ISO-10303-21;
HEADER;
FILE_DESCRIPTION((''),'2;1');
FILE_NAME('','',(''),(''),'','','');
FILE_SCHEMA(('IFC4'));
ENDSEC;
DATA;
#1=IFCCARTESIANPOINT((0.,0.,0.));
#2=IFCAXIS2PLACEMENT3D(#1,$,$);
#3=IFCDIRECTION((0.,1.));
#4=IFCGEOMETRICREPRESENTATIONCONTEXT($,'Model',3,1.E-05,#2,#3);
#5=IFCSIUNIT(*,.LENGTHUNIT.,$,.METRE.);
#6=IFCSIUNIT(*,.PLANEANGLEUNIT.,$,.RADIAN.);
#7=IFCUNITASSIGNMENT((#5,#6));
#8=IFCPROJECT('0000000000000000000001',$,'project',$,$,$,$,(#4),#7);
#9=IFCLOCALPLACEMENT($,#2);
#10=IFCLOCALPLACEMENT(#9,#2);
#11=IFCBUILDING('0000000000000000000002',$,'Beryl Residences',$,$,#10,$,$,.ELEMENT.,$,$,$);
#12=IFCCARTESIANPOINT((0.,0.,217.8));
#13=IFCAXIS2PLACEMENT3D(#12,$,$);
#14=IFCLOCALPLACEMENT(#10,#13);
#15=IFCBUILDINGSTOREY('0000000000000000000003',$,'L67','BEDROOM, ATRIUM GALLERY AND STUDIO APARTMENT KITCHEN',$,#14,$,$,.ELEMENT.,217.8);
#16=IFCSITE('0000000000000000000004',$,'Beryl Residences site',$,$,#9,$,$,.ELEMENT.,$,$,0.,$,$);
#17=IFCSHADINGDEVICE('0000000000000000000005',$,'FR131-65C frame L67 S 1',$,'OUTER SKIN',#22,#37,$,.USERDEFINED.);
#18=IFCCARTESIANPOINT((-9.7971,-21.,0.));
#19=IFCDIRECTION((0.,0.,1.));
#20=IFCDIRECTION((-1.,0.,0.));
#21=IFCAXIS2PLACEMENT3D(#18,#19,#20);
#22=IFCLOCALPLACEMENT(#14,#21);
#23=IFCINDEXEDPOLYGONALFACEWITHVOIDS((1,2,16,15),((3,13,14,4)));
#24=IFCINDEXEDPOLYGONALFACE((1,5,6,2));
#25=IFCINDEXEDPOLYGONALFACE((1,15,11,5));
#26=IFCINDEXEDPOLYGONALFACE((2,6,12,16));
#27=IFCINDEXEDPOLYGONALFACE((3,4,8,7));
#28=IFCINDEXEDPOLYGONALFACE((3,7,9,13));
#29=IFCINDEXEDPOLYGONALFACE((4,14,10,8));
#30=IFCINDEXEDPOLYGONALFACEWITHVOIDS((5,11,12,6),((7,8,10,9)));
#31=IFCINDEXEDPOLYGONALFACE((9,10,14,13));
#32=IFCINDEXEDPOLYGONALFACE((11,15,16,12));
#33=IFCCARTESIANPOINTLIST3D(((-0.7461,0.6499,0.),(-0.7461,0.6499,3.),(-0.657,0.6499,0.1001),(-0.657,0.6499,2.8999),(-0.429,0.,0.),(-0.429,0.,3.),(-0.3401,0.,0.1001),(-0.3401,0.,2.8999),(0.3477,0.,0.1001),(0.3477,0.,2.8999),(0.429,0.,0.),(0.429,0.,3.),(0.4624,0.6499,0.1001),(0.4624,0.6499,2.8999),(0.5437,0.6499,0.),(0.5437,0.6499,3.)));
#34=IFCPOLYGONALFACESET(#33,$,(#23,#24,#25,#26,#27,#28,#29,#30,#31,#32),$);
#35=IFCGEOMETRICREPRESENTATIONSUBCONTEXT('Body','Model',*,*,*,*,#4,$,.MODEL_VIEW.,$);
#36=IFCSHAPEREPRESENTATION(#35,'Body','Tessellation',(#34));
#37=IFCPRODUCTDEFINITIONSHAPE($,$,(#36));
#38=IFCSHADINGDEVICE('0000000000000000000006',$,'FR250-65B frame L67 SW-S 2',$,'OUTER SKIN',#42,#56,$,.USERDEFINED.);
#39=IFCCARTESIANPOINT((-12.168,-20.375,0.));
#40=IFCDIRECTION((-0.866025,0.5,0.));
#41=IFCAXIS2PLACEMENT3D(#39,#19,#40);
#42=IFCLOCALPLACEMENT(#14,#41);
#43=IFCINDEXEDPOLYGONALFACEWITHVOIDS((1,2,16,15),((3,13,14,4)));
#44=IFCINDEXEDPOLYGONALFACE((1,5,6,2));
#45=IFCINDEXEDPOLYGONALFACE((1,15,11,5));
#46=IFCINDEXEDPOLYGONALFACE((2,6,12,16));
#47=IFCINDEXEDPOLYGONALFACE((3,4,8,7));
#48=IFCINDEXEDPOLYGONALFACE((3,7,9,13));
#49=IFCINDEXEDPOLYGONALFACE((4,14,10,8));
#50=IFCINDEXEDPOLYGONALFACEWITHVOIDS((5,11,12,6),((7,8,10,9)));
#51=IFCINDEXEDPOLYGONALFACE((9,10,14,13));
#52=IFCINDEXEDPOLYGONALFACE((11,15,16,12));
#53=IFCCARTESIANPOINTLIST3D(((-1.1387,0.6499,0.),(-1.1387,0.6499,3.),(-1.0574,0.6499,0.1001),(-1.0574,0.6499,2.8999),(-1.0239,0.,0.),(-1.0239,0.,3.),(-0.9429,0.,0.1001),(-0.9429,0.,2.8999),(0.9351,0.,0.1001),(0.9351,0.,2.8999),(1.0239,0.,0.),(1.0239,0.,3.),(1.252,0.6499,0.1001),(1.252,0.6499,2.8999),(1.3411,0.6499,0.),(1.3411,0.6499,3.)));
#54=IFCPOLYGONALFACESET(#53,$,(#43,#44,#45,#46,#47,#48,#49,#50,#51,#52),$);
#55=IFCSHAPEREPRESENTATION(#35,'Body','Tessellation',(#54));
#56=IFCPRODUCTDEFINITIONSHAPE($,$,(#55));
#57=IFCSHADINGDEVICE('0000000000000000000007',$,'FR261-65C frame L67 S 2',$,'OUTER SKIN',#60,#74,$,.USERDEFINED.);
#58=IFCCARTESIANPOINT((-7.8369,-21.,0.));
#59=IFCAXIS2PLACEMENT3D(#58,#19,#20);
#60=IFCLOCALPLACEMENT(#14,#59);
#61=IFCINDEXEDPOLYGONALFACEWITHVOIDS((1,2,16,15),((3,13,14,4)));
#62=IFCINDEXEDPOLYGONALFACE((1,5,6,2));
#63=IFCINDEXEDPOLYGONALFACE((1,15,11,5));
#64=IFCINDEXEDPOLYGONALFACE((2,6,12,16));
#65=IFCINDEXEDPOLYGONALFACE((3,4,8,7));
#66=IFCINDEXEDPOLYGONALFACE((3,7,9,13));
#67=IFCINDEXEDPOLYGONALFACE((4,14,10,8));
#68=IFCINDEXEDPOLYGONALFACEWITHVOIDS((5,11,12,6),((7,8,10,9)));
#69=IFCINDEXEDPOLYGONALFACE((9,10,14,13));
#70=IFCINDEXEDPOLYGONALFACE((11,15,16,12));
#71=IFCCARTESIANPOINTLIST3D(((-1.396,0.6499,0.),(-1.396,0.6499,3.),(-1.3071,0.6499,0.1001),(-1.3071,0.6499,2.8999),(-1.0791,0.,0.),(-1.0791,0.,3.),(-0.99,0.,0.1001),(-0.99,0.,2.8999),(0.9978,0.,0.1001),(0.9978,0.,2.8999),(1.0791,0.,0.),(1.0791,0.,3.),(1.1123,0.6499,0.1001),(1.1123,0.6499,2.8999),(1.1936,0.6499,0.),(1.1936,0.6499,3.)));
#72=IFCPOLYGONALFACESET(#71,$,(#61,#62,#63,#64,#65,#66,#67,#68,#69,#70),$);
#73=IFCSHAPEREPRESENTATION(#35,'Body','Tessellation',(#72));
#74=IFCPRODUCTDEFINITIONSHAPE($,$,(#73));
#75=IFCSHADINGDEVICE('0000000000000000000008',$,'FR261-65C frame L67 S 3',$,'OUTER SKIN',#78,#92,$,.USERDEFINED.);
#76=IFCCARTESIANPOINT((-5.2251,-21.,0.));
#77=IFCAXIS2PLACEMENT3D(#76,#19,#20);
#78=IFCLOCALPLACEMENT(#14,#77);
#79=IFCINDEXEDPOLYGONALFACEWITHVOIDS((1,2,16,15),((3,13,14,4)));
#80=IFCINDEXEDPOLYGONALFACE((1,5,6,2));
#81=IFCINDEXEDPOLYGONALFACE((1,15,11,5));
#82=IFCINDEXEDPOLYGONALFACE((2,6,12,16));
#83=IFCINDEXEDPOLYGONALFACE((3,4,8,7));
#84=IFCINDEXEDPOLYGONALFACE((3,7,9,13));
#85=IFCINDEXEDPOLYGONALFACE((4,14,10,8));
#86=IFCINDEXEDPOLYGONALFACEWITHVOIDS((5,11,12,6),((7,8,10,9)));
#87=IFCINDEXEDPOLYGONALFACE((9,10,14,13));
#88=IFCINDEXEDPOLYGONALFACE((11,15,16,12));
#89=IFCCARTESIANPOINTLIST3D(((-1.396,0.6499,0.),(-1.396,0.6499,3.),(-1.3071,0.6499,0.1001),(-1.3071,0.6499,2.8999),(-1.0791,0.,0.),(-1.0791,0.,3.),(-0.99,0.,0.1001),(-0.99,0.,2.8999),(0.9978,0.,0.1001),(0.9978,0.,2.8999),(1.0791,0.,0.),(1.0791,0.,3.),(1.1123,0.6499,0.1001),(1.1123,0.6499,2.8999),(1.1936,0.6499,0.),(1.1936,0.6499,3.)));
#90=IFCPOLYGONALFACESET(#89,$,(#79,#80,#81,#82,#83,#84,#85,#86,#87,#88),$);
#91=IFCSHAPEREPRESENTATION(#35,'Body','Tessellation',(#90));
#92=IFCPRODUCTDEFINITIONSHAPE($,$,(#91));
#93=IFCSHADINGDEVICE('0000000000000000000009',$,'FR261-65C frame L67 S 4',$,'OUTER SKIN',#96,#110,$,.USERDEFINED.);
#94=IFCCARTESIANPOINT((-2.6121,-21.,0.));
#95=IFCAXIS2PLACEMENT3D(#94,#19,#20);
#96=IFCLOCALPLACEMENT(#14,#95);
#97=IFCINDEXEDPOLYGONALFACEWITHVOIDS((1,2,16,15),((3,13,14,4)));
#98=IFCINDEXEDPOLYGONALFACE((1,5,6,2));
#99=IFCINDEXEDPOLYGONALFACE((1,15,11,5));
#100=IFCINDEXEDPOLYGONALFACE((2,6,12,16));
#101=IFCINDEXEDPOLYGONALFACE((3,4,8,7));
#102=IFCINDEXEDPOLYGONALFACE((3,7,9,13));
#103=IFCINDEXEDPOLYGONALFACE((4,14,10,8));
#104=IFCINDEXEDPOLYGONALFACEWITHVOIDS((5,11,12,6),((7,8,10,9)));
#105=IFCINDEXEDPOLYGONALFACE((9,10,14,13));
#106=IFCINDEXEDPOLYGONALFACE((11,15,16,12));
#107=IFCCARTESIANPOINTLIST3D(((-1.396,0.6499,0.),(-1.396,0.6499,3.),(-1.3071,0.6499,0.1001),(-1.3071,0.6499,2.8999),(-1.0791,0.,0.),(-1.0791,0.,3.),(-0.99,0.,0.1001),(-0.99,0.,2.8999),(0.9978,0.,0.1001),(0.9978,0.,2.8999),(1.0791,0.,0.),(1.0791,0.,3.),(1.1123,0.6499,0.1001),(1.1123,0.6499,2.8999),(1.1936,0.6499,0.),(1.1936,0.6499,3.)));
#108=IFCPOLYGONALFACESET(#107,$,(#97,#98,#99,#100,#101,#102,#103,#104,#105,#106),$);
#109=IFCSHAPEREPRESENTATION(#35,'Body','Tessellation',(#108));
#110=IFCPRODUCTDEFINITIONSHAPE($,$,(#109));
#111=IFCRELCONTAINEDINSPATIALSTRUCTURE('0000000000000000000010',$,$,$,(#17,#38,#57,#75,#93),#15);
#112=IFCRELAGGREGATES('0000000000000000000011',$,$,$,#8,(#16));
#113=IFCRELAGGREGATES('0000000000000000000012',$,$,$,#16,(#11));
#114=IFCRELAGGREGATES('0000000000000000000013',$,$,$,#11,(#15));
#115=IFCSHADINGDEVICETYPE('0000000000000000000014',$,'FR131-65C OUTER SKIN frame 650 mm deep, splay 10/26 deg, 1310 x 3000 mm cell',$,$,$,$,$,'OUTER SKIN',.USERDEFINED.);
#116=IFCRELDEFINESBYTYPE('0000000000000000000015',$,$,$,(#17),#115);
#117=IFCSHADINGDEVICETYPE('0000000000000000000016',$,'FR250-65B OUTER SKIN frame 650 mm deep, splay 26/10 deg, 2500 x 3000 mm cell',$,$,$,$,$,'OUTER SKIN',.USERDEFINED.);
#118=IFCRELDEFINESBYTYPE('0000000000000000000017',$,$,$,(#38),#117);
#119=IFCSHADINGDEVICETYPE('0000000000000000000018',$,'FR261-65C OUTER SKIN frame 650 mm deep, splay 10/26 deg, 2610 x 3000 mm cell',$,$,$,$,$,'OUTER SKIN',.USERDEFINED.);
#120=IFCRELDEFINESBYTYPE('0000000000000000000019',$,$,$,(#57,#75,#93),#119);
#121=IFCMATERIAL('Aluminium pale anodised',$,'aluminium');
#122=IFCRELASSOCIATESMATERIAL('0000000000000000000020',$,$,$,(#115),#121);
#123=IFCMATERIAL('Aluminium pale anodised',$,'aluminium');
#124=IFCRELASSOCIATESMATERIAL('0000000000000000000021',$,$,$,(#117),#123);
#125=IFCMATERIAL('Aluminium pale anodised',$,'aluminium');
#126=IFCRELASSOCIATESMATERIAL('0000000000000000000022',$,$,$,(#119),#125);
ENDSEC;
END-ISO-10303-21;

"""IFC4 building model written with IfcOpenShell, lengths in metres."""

from ifc_helpers import new_model, entity, si_unit, direction, frame, origin, place, context, subcontext, project, spatial, source, transform, mapped, material, type_object, type_shapes, element, save


model = new_model("IFC4")

# Units and contexts
model_context = context("Model", 3, precision=1e-05, world=origin(), true_north=direction((0.0, 1.0)))
body_context = subcontext(model_context, "Body", "Model", "MODEL_VIEW")
ifc_project = project(units=[si_unit("LENGTHUNIT", "METRE"), si_unit("PLANEANGLEUNIT", "RADIAN")], contexts=[model_context])

# Site, building, storey
site_placement = place(None, origin())
site = spatial("IfcSite", under=ifc_project, at=site_placement, Name="Beryl Residences site", CompositionType="ELEMENT", RefElevation=0.0)
building_placement = place(site_placement, origin())
building = spatial("IfcBuilding", under=site, at=building_placement, Name="Beryl Residences", CompositionType="ELEMENT")
storey_placement = place(building_placement, frame((0.0, 0.0, 217.8)))
storey = spatial("IfcBuildingStorey", under=building, at=storey_placement, Name="L67", Description="BEDROOM, ATRIUM GALLERY AND STUDIO APARTMENT KITCHEN", CompositionType="ELEMENT", Elevation=217.8)

# Shading devices
ifc_material_1 = material(Name="Aluminium pale anodised", Category="aluminium")
shading_device_type_1 = type_object("IfcShadingDeviceType", Name="FR131-65C OUTER SKIN frame 650 mm deep, splay 10/26 deg, 1310 x 3000 mm cell", ElementType="OUTER SKIN", PredefinedType="USERDEFINED", material=ifc_material_1)
cartesian_point_1 = entity("IfcCartesianPoint", [-0.429, 0.0])
cartesian_point_2 = entity("IfcCartesianPoint", [-0.3477, 0.1001])
cartesian_point_3 = entity("IfcCartesianPoint", [-0.5437, 0.0])
cartesian_point_4 = entity("IfcCartesianPoint", [-0.4624, 0.1001])
shared_shape_1 = source(origin(), body_context, "Body", "SweptSolid", [
    entity("IfcExtrudedAreaSolidTapered", entity("IfcArbitraryProfileDefWithVoids", "AREA", None, entity("IfcPolyline", [cartesian_point_1, entity("IfcCartesianPoint", [0.429, 0.0]), entity("IfcCartesianPoint", [0.429, 3.0]), entity("IfcCartesianPoint", [-0.429, 3.0]), cartesian_point_1]), [entity("IfcPolyline", [cartesian_point_2, entity("IfcCartesianPoint", [0.3401, 0.1001]), entity("IfcCartesianPoint", [0.3401, 2.8999]), entity("IfcCartesianPoint", [-0.3477, 2.8999]), cartesian_point_2])]), entity("IfcAxis2Placement3D", entity("IfcCartesianPoint", [0.0, 0.0, 0.0]), entity("IfcDirection", [0.0, 1.0, 0.0]), entity("IfcDirection", [-1.0, 0.0, 0.0])), entity("IfcDirection", [0.0, 0.0, 1.0]), 0.6499, entity("IfcArbitraryProfileDefWithVoids", "AREA", None, entity("IfcPolyline", [cartesian_point_3, entity("IfcCartesianPoint", [0.7461, 0.0]), entity("IfcCartesianPoint", [0.7461, 3.0]), entity("IfcCartesianPoint", [-0.5437, 3.0]), cartesian_point_3]), [entity("IfcPolyline", [cartesian_point_4, entity("IfcCartesianPoint", [0.657, 0.1001]), entity("IfcCartesianPoint", [0.657, 2.8999]), entity("IfcCartesianPoint", [-0.4624, 2.8999]), cartesian_point_4])])),
])
type_shapes(shading_device_type_1, [shared_shape_1])
shading_device_1_placement = place(storey_placement, frame((-9.7971, -21.0, 0.0), z_axis=(0.0, 0.0, 1.0), x_axis=(-1.0, 0.0, 0.0)))
element("IfcShadingDevice", 1, at=shading_device_1_placement, inside=storey, type_object=shading_device_type_1, Name="FR131-65C frame L67 S 1", ObjectType="OUTER SKIN", PredefinedType="USERDEFINED", context=body_context, shape_type="MappedRepresentation", body=[
    mapped(shared_shape_1, transform((0.0, 0.0, 0.0))),
])
ifc_material_2 = material(Name="Aluminium pale anodised", Category="aluminium")
shading_device_type_2 = type_object("IfcShadingDeviceType", Name="FR250-65B OUTER SKIN frame 650 mm deep, splay 26/10 deg, 2500 x 3000 mm cell", ElementType="OUTER SKIN", PredefinedType="USERDEFINED", material=ifc_material_2)
cartesian_point_5 = entity("IfcCartesianPoint", [-1.0239, 0.0])
cartesian_point_6 = entity("IfcCartesianPoint", [-0.9351, 0.1001])
cartesian_point_7 = entity("IfcCartesianPoint", [-1.3411, 0.0])
cartesian_point_8 = entity("IfcCartesianPoint", [-1.252, 0.1001])
shared_shape_2 = source(origin(), body_context, "Body", "SweptSolid", [
    entity("IfcExtrudedAreaSolidTapered", entity("IfcArbitraryProfileDefWithVoids", "AREA", None, entity("IfcPolyline", [cartesian_point_5, entity("IfcCartesianPoint", [1.0239, 0.0]), entity("IfcCartesianPoint", [1.0239, 3.0]), entity("IfcCartesianPoint", [-1.0239, 3.0]), cartesian_point_5]), [entity("IfcPolyline", [cartesian_point_6, entity("IfcCartesianPoint", [0.9429, 0.1001]), entity("IfcCartesianPoint", [0.9429, 2.8999]), entity("IfcCartesianPoint", [-0.9351, 2.8999]), cartesian_point_6])]), entity("IfcAxis2Placement3D", entity("IfcCartesianPoint", [0.0, 0.0, 0.0]), entity("IfcDirection", [0.0, 1.0, 0.0]), entity("IfcDirection", [-1.0, 0.0, 0.0])), entity("IfcDirection", [0.0, 0.0, 1.0]), 0.6499, entity("IfcArbitraryProfileDefWithVoids", "AREA", None, entity("IfcPolyline", [cartesian_point_7, entity("IfcCartesianPoint", [1.1387, 0.0]), entity("IfcCartesianPoint", [1.1387, 3.0]), entity("IfcCartesianPoint", [-1.3411, 3.0]), cartesian_point_7]), [entity("IfcPolyline", [cartesian_point_8, entity("IfcCartesianPoint", [1.0574, 0.1001]), entity("IfcCartesianPoint", [1.0574, 2.8999]), entity("IfcCartesianPoint", [-1.252, 2.8999]), cartesian_point_8])])),
])
type_shapes(shading_device_type_2, [shared_shape_2])
shading_device_2_placement = place(storey_placement, frame((-12.168, -20.375, 0.0), z_axis=(0.0, 0.0, 1.0), x_axis=(-0.866025, 0.5, 0.0)))
element("IfcShadingDevice", 2, at=shading_device_2_placement, inside=storey, type_object=shading_device_type_2, Name="FR250-65B frame L67 SW-S 2", ObjectType="OUTER SKIN", PredefinedType="USERDEFINED", context=body_context, shape_type="MappedRepresentation", body=[
    mapped(shared_shape_2, transform((0.0, 0.0, 0.0))),
])
ifc_material_3 = material(Name="Aluminium pale anodised", Category="aluminium")
shading_device_type_3 = type_object("IfcShadingDeviceType", Name="FR261-65C OUTER SKIN frame 650 mm deep, splay 10/26 deg, 2610 x 3000 mm cell", ElementType="OUTER SKIN", PredefinedType="USERDEFINED", material=ifc_material_3)
cartesian_point_9 = entity("IfcCartesianPoint", [-1.0791, 0.0])
cartesian_point_10 = entity("IfcCartesianPoint", [-0.9978, 0.1001])
cartesian_point_11 = entity("IfcCartesianPoint", [-1.1936, 0.0])
cartesian_point_12 = entity("IfcCartesianPoint", [-1.1123, 0.1001])
shared_shape_3 = source(origin(), body_context, "Body", "SweptSolid", [
    entity("IfcExtrudedAreaSolidTapered", entity("IfcArbitraryProfileDefWithVoids", "AREA", None, entity("IfcPolyline", [cartesian_point_9, entity("IfcCartesianPoint", [1.0791, 0.0]), entity("IfcCartesianPoint", [1.0791, 3.0]), entity("IfcCartesianPoint", [-1.0791, 3.0]), cartesian_point_9]), [entity("IfcPolyline", [cartesian_point_10, entity("IfcCartesianPoint", [0.99, 0.1001]), entity("IfcCartesianPoint", [0.99, 2.8999]), entity("IfcCartesianPoint", [-0.9978, 2.8999]), cartesian_point_10])]), entity("IfcAxis2Placement3D", entity("IfcCartesianPoint", [0.0, 0.0, 0.0]), entity("IfcDirection", [0.0, 1.0, 0.0]), entity("IfcDirection", [-1.0, 0.0, 0.0])), entity("IfcDirection", [0.0, 0.0, 1.0]), 0.6499, entity("IfcArbitraryProfileDefWithVoids", "AREA", None, entity("IfcPolyline", [cartesian_point_11, entity("IfcCartesianPoint", [1.396, 0.0]), entity("IfcCartesianPoint", [1.396, 3.0]), entity("IfcCartesianPoint", [-1.1936, 3.0]), cartesian_point_11]), [entity("IfcPolyline", [cartesian_point_12, entity("IfcCartesianPoint", [1.3071, 0.1001]), entity("IfcCartesianPoint", [1.3071, 2.8999]), entity("IfcCartesianPoint", [-1.1123, 2.8999]), cartesian_point_12])])),
])
type_shapes(shading_device_type_3, [shared_shape_3])
for number, where, z_axis, x_axis, name in (
    (3, (-7.8369, -21.0, 0.0), (0.0, 0.0, 1.0), (-1.0, 0.0, 0.0), "FR261-65C frame L67 S 2"),
    (4, (-5.2251, -21.0, 0.0), (0.0, 0.0, 1.0), (-1.0, 0.0, 0.0), "FR261-65C frame L67 S 3"),
    (5, (-2.6121, -21.0, 0.0), (0.0, 0.0, 1.0), (-1.0, 0.0, 0.0), "FR261-65C frame L67 S 4"),
):
    element("IfcShadingDevice", number, at=place(storey_placement, frame(where, z_axis=z_axis, x_axis=x_axis)), inside=storey, type_object=shading_device_type_3, Name=name, ObjectType="OUTER SKIN", PredefinedType="USERDEFINED", context=body_context, shape_type="MappedRepresentation", body=[
        mapped(shared_shape_3, transform((0.0, 0.0, 0.0))),
    ])

save(model, "model.ifc")
